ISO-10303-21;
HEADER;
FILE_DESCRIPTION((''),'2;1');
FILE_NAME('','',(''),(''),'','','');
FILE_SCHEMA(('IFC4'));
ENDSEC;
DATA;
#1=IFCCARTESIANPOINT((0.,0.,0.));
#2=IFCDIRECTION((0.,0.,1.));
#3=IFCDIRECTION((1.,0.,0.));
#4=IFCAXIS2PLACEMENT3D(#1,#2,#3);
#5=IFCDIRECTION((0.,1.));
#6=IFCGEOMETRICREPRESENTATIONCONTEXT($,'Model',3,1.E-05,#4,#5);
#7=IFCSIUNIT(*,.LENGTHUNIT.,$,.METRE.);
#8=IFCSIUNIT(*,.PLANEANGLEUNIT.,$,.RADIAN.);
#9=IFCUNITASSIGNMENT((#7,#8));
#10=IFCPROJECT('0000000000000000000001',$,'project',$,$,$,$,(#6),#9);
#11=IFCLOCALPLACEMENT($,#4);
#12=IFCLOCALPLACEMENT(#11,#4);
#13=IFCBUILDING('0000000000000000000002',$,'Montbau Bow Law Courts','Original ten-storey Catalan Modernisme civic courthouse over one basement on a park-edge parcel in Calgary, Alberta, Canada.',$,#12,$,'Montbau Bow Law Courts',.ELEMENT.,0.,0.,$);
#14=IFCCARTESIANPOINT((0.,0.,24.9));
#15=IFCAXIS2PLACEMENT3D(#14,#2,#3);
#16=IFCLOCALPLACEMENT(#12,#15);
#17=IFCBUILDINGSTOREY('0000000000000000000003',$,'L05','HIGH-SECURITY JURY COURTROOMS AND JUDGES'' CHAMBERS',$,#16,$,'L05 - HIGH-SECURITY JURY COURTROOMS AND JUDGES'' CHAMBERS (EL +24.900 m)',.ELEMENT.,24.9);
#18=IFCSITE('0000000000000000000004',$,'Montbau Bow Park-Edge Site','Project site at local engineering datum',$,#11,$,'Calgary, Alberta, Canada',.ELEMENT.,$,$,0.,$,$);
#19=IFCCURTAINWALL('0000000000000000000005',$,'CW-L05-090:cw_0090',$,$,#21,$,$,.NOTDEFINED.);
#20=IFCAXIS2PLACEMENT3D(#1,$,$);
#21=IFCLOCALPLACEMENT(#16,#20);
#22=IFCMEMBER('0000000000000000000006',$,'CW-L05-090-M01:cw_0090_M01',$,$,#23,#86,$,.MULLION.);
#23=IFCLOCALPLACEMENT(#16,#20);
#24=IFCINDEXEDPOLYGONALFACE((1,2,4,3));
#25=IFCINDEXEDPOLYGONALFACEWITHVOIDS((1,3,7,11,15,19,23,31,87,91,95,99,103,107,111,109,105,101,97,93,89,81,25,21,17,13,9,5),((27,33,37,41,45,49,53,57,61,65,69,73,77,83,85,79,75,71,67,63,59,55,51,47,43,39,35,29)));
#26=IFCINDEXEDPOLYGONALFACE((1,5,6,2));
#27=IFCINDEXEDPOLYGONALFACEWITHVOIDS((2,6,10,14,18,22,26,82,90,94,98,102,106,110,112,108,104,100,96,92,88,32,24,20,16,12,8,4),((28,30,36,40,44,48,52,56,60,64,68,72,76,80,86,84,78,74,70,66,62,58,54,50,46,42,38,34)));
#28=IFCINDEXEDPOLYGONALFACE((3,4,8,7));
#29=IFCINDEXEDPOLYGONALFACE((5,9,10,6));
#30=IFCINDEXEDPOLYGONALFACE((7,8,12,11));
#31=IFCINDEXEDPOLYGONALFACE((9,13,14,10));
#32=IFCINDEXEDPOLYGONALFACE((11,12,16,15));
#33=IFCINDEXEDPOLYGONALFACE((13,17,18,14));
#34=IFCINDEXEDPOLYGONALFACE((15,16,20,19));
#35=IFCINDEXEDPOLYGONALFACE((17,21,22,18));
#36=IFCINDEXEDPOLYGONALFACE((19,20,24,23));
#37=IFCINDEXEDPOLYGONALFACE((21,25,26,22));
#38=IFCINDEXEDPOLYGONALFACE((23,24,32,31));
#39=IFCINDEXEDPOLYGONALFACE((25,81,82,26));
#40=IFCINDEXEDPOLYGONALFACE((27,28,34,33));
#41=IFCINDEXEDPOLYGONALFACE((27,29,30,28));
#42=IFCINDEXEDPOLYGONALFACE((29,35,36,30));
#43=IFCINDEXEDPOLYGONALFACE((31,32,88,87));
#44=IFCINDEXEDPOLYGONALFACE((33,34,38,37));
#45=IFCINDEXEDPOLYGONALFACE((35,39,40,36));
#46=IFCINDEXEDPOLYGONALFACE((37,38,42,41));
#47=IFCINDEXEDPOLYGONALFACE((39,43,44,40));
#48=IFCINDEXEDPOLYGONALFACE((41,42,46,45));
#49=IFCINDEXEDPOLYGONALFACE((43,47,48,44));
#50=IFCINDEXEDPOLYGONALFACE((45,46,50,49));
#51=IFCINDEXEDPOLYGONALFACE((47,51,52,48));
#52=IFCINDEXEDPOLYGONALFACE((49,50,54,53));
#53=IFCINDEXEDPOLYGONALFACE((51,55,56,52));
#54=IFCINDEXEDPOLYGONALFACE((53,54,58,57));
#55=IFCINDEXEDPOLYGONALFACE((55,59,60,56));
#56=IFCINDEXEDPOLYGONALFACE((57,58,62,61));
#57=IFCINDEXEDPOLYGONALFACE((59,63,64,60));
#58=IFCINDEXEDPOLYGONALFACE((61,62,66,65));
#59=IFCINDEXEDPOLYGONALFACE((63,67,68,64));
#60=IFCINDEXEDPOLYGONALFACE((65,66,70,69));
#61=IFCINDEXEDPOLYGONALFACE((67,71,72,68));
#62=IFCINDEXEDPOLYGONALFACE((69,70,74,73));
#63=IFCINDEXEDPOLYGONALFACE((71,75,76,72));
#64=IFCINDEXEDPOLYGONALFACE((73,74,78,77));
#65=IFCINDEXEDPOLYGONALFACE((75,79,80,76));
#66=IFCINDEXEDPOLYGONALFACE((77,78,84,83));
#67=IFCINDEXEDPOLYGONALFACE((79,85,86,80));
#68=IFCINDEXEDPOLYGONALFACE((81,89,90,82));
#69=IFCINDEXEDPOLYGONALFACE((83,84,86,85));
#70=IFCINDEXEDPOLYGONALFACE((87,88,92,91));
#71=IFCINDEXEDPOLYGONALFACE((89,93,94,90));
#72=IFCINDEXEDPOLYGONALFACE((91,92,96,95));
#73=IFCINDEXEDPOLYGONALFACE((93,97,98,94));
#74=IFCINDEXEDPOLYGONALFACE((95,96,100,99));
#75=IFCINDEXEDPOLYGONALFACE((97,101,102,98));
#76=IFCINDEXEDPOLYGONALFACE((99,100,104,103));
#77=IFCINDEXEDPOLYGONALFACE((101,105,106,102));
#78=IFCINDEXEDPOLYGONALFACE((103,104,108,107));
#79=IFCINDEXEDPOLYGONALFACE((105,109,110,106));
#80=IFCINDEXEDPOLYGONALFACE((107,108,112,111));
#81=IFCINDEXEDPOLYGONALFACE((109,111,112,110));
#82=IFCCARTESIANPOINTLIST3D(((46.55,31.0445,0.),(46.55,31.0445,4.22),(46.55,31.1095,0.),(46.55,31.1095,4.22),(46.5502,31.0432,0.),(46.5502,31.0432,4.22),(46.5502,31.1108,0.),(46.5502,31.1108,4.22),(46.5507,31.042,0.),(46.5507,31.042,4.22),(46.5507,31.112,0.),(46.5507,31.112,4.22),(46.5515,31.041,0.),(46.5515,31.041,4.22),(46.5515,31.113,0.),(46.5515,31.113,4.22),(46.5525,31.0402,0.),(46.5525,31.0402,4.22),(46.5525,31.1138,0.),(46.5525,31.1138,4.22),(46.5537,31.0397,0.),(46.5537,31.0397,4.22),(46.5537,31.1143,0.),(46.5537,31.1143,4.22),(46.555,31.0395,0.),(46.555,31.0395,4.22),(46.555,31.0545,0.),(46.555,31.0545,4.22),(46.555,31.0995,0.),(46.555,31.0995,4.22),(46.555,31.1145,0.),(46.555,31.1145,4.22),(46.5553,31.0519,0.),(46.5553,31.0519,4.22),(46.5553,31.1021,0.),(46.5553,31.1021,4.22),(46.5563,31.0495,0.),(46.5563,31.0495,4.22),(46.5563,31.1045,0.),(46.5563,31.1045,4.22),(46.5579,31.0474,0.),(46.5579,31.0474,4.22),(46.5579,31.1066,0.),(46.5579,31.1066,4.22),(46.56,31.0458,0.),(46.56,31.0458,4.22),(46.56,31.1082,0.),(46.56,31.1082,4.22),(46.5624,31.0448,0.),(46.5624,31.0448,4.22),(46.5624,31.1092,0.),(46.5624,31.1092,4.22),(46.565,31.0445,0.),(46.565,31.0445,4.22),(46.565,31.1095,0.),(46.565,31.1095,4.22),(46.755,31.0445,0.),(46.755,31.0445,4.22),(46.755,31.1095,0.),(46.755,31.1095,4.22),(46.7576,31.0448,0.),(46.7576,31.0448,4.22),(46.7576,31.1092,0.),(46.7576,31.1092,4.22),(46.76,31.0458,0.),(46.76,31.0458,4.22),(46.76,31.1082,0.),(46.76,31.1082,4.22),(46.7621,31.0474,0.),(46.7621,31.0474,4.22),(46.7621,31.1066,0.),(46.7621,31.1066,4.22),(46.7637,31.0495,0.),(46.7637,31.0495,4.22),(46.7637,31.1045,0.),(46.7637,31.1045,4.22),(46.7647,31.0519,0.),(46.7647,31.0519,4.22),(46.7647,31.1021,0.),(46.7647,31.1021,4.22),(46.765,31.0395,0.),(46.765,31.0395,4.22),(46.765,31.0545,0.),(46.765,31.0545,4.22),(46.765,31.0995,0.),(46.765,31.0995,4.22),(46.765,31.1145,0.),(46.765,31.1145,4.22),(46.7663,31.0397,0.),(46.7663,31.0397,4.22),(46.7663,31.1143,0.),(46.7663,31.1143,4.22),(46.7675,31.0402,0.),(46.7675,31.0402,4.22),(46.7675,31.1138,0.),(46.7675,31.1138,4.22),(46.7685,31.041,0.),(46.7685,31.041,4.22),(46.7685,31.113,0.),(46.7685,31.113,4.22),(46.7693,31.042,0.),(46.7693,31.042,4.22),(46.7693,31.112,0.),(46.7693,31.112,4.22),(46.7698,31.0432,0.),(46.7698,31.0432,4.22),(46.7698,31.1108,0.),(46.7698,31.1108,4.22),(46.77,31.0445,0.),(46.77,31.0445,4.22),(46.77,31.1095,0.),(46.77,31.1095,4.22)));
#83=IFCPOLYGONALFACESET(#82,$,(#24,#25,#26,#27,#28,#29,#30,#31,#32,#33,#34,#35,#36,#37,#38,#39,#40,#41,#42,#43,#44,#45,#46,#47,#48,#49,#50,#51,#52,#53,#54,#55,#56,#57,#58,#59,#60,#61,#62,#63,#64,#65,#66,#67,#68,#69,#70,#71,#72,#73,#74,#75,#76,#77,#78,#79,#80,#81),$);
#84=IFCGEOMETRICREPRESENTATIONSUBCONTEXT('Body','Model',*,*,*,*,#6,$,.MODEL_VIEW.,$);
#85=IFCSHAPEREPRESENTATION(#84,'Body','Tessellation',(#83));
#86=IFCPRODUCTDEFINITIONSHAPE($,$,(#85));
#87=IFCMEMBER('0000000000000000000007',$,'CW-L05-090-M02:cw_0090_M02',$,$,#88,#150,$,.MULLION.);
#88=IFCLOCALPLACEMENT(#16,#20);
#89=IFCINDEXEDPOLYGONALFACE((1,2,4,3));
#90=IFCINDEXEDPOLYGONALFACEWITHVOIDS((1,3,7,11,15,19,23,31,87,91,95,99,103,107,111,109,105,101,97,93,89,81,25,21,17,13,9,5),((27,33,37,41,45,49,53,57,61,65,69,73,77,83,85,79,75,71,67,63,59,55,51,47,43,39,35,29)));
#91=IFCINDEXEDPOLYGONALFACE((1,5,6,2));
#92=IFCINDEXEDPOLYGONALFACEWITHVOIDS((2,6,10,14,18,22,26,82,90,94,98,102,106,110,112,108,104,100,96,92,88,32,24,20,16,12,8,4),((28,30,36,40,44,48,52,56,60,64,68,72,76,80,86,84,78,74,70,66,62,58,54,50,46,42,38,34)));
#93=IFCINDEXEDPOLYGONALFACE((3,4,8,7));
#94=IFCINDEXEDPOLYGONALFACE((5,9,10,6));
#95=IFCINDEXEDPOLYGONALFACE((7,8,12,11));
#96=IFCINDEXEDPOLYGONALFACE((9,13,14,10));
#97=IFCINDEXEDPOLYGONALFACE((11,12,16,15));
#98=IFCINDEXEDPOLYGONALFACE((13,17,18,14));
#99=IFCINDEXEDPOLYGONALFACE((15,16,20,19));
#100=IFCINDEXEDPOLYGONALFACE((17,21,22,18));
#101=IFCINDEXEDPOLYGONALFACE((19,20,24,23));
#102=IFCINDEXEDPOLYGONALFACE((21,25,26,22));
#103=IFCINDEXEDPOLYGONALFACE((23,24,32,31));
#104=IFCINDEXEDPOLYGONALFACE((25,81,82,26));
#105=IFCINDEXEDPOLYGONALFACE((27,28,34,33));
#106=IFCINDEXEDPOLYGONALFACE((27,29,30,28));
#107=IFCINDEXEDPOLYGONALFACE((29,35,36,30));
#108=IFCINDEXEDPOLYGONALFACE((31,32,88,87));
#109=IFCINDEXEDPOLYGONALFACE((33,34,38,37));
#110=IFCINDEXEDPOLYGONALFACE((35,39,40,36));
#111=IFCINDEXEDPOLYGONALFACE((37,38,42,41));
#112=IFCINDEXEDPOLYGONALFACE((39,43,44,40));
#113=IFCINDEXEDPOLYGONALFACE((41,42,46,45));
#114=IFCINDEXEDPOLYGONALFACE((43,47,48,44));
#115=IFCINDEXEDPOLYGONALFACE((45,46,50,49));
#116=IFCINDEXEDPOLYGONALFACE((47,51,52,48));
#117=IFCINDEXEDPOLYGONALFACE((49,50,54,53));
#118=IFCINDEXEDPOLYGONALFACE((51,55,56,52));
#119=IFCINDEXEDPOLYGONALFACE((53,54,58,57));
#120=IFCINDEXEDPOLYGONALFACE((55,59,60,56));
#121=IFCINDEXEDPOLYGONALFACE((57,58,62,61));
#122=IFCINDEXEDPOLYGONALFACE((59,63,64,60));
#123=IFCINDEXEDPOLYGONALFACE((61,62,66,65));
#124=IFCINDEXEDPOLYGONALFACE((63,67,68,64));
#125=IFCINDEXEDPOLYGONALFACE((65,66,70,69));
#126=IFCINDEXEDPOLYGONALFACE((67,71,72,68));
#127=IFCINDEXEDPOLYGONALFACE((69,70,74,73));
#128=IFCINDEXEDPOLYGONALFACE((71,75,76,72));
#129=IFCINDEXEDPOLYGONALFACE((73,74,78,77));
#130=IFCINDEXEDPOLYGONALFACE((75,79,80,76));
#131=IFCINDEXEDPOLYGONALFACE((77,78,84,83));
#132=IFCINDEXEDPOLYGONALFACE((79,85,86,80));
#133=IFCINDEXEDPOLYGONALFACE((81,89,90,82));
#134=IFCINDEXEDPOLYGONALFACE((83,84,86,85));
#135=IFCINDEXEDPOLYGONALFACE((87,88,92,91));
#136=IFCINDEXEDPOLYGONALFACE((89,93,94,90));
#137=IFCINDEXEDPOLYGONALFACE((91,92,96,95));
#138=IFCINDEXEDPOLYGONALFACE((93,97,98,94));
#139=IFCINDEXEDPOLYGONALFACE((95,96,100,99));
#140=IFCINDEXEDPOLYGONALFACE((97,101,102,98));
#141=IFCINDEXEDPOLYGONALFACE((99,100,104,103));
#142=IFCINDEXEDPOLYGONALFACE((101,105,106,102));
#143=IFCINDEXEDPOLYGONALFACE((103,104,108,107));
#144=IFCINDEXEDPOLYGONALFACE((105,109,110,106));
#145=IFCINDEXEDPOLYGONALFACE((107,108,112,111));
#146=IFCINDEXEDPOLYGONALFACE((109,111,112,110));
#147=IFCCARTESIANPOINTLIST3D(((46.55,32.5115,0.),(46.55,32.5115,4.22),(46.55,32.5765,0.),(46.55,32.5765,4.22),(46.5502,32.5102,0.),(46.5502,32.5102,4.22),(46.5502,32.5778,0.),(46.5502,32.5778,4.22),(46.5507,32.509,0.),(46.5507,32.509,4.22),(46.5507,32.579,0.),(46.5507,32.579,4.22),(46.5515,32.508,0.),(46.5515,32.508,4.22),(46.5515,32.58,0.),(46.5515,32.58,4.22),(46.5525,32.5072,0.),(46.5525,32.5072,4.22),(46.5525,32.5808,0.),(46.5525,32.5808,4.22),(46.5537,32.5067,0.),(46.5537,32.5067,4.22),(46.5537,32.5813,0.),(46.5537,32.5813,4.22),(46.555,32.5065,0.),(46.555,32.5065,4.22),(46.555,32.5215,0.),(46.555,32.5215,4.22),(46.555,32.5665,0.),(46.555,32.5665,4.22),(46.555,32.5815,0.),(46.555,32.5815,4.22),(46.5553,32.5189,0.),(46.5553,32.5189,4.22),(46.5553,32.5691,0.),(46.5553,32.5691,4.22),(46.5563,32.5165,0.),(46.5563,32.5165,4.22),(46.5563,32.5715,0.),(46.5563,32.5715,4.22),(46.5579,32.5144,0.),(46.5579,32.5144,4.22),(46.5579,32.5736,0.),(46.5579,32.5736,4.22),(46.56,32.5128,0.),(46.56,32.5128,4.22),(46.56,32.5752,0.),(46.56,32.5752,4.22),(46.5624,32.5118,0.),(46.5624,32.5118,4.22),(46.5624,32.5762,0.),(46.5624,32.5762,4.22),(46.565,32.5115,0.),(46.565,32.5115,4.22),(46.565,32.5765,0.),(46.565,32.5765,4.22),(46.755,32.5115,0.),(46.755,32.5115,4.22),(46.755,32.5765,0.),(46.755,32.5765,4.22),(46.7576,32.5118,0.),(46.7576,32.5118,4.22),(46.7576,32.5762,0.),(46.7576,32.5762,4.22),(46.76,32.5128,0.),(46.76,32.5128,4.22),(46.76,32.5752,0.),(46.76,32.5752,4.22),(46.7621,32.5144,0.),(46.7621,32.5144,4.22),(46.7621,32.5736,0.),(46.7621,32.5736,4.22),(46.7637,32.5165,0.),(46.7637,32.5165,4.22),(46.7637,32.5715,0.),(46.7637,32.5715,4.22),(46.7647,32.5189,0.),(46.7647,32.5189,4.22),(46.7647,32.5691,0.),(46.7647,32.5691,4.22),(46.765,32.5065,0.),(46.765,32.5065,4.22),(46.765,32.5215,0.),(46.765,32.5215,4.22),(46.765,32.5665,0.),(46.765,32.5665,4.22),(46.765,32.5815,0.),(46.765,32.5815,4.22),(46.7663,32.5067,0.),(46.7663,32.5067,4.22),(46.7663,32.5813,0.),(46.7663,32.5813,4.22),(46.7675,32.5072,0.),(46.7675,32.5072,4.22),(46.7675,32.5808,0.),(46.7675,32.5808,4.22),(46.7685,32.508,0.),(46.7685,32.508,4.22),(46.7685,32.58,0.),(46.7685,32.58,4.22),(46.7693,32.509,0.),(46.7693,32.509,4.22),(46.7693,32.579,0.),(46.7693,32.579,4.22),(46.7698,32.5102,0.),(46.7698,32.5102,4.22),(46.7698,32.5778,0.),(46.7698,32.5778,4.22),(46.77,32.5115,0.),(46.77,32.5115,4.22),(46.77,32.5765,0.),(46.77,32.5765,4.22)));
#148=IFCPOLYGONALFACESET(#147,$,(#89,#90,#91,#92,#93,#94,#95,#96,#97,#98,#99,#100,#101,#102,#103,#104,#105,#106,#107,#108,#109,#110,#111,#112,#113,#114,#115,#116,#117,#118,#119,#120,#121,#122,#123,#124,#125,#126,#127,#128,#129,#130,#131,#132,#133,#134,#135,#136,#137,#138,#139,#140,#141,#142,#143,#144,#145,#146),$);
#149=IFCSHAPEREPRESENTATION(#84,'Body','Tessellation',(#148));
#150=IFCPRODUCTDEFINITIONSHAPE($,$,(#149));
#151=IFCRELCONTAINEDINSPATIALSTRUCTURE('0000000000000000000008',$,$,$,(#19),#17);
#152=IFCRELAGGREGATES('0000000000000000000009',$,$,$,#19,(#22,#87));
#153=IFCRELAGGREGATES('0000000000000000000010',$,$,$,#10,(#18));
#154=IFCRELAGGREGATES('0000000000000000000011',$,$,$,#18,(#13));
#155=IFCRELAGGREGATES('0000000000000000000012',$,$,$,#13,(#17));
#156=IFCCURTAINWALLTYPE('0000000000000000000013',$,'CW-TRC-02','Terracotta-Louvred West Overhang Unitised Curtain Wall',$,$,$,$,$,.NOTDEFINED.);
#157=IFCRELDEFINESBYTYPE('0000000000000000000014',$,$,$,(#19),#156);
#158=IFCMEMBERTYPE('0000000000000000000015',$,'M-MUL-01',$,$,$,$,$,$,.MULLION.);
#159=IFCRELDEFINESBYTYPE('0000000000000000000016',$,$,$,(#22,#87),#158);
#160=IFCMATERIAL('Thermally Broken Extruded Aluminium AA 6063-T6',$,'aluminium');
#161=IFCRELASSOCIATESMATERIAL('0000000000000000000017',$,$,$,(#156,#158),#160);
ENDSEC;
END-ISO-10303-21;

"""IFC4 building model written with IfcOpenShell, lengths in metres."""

from ifc_helpers import new_model, si_unit, direction, frame, origin_with_axes, origin_2d_with_axis, place, context, subcontext, project, spatial, hollow_rectangle, extrude, material, material_profile, profile_set, type_object, element, aggregate, save


model = new_model("IFC4")

# Units and contexts
model_context = context("Model", 3, precision=1e-05, world=origin_with_axes(), true_north=direction((0.0, 1.0)))
body_context = subcontext(model_context, "Body", "Model", "MODEL_VIEW")
ifc_project = project(units=[si_unit("LENGTHUNIT", "METRE"), si_unit("PLANEANGLEUNIT", "RADIAN")], contexts=[model_context])

# Site, building, storey
site_placement = place(None, origin_with_axes())
site = spatial("IfcSite", under=ifc_project, at=site_placement, Name="Montbau Bow Park-Edge Site", Description="Project site at local engineering datum", LongName="Calgary, Alberta, Canada", CompositionType="ELEMENT", RefElevation=0.0)
building_placement = place(site_placement, origin_with_axes())
building = spatial("IfcBuilding", under=site, at=building_placement, Name="Montbau Bow Law Courts", Description="Original ten-storey Catalan Modernisme civic courthouse over one basement on a park-edge parcel in Calgary, Alberta, Canada.", LongName="Montbau Bow Law Courts", CompositionType="ELEMENT", ElevationOfRefHeight=0.0, ElevationOfTerrain=0.0)
storey_placement = place(building_placement, frame((0.0, 0.0, 24.9), z_axis=(0.0, 0.0, 1.0), x_axis=(1.0, 0.0, 0.0)))
storey = spatial("IfcBuildingStorey", under=building, at=storey_placement, Name="L05", Description="HIGH-SECURITY JURY COURTROOMS AND JUDGES' CHAMBERS", LongName="L05 - HIGH-SECURITY JURY COURTROOMS AND JUDGES' CHAMBERS (EL +24.900 m)", CompositionType="ELEMENT", Elevation=24.9)

# Curtain wall, members
ifc_material_1 = material(Name="Thermally Broken Extruded Aluminium AA 6063-T6", Category="aluminium")
curtain_wall_type = type_object("IfcCurtainWallType", Name="CW-TRC-02", Description="Terracotta-Louvred West Overhang Unitised Curtain Wall", PredefinedType="NOTDEFINED", material=ifc_material_1)
curtain_wall_1_placement = place(None, frame((46.66, 31.04, 24.9), z_axis=(0.0, 0.0, 1.0), x_axis=(1.0, 0.0, 0.0)))
curtain_wall_1 = element("IfcCurtainWall", 1, at=curtain_wall_1_placement, inside=storey, type_object=curtain_wall_type, Name="CW-L05-090:cw_0090", PredefinedType="NOTDEFINED")
ifc_material_profile_1 = material_profile(ifc_material_1, hollow_rectangle(XDim=0.075, YDim=0.22, WallThickness=0.005, InnerFilletRadius=0.01, OuterFilletRadius=0.005, at=origin_2d_with_axis()), Name="CWM-220X75", Category="Main", Priority=0)
ifc_profile_set_1 = profile_set([ifc_material_profile_1], Name="Thermally Broken Extruded Aluminium AA 6063-T6")
member_type_1 = type_object("IfcMemberType", Name="M-MUL-01", PredefinedType="MULLION", material=ifc_profile_set_1)
member_1_placement = place(None, frame((46.66, 31.077, 24.9), z_axis=(0.0, 0.0, 1.0), x_axis=(0.0, 1.0, 0.0)))
member_1 = element("IfcMember", 2, at=member_1_placement, type_object=member_type_1, Name="CW-L05-090-M01:cw_0090_M01", PredefinedType="MULLION", context=body_context, shape_type="SweptSolid", body=[
    extrude(hollow_rectangle(XDim=0.075, YDim=0.22, WallThickness=0.005, InnerFilletRadius=0.01, OuterFilletRadius=0.005, at=origin_2d_with_axis()), origin_with_axes(), (0.0, 0.0, 1.0), 4.22),
])
member_2_placement = place(None, frame((46.66, 32.544, 24.9), z_axis=(0.0, 0.0, 1.0), x_axis=(0.0, 1.0, 0.0)))
member_2 = element("IfcMember", 3, at=member_2_placement, type_object=member_type_1, Name="CW-L05-090-M02:cw_0090_M02", PredefinedType="MULLION", context=body_context, shape_type="SweptSolid", body=[
    extrude(hollow_rectangle(XDim=0.075, YDim=0.22, WallThickness=0.005, InnerFilletRadius=0.01, OuterFilletRadius=0.005, at=origin_2d_with_axis()), origin_with_axes(), (0.0, 0.0, 1.0), 4.22),
])

aggregate(curtain_wall_1, [member_1, member_2])

save(model, "model.ifc")
